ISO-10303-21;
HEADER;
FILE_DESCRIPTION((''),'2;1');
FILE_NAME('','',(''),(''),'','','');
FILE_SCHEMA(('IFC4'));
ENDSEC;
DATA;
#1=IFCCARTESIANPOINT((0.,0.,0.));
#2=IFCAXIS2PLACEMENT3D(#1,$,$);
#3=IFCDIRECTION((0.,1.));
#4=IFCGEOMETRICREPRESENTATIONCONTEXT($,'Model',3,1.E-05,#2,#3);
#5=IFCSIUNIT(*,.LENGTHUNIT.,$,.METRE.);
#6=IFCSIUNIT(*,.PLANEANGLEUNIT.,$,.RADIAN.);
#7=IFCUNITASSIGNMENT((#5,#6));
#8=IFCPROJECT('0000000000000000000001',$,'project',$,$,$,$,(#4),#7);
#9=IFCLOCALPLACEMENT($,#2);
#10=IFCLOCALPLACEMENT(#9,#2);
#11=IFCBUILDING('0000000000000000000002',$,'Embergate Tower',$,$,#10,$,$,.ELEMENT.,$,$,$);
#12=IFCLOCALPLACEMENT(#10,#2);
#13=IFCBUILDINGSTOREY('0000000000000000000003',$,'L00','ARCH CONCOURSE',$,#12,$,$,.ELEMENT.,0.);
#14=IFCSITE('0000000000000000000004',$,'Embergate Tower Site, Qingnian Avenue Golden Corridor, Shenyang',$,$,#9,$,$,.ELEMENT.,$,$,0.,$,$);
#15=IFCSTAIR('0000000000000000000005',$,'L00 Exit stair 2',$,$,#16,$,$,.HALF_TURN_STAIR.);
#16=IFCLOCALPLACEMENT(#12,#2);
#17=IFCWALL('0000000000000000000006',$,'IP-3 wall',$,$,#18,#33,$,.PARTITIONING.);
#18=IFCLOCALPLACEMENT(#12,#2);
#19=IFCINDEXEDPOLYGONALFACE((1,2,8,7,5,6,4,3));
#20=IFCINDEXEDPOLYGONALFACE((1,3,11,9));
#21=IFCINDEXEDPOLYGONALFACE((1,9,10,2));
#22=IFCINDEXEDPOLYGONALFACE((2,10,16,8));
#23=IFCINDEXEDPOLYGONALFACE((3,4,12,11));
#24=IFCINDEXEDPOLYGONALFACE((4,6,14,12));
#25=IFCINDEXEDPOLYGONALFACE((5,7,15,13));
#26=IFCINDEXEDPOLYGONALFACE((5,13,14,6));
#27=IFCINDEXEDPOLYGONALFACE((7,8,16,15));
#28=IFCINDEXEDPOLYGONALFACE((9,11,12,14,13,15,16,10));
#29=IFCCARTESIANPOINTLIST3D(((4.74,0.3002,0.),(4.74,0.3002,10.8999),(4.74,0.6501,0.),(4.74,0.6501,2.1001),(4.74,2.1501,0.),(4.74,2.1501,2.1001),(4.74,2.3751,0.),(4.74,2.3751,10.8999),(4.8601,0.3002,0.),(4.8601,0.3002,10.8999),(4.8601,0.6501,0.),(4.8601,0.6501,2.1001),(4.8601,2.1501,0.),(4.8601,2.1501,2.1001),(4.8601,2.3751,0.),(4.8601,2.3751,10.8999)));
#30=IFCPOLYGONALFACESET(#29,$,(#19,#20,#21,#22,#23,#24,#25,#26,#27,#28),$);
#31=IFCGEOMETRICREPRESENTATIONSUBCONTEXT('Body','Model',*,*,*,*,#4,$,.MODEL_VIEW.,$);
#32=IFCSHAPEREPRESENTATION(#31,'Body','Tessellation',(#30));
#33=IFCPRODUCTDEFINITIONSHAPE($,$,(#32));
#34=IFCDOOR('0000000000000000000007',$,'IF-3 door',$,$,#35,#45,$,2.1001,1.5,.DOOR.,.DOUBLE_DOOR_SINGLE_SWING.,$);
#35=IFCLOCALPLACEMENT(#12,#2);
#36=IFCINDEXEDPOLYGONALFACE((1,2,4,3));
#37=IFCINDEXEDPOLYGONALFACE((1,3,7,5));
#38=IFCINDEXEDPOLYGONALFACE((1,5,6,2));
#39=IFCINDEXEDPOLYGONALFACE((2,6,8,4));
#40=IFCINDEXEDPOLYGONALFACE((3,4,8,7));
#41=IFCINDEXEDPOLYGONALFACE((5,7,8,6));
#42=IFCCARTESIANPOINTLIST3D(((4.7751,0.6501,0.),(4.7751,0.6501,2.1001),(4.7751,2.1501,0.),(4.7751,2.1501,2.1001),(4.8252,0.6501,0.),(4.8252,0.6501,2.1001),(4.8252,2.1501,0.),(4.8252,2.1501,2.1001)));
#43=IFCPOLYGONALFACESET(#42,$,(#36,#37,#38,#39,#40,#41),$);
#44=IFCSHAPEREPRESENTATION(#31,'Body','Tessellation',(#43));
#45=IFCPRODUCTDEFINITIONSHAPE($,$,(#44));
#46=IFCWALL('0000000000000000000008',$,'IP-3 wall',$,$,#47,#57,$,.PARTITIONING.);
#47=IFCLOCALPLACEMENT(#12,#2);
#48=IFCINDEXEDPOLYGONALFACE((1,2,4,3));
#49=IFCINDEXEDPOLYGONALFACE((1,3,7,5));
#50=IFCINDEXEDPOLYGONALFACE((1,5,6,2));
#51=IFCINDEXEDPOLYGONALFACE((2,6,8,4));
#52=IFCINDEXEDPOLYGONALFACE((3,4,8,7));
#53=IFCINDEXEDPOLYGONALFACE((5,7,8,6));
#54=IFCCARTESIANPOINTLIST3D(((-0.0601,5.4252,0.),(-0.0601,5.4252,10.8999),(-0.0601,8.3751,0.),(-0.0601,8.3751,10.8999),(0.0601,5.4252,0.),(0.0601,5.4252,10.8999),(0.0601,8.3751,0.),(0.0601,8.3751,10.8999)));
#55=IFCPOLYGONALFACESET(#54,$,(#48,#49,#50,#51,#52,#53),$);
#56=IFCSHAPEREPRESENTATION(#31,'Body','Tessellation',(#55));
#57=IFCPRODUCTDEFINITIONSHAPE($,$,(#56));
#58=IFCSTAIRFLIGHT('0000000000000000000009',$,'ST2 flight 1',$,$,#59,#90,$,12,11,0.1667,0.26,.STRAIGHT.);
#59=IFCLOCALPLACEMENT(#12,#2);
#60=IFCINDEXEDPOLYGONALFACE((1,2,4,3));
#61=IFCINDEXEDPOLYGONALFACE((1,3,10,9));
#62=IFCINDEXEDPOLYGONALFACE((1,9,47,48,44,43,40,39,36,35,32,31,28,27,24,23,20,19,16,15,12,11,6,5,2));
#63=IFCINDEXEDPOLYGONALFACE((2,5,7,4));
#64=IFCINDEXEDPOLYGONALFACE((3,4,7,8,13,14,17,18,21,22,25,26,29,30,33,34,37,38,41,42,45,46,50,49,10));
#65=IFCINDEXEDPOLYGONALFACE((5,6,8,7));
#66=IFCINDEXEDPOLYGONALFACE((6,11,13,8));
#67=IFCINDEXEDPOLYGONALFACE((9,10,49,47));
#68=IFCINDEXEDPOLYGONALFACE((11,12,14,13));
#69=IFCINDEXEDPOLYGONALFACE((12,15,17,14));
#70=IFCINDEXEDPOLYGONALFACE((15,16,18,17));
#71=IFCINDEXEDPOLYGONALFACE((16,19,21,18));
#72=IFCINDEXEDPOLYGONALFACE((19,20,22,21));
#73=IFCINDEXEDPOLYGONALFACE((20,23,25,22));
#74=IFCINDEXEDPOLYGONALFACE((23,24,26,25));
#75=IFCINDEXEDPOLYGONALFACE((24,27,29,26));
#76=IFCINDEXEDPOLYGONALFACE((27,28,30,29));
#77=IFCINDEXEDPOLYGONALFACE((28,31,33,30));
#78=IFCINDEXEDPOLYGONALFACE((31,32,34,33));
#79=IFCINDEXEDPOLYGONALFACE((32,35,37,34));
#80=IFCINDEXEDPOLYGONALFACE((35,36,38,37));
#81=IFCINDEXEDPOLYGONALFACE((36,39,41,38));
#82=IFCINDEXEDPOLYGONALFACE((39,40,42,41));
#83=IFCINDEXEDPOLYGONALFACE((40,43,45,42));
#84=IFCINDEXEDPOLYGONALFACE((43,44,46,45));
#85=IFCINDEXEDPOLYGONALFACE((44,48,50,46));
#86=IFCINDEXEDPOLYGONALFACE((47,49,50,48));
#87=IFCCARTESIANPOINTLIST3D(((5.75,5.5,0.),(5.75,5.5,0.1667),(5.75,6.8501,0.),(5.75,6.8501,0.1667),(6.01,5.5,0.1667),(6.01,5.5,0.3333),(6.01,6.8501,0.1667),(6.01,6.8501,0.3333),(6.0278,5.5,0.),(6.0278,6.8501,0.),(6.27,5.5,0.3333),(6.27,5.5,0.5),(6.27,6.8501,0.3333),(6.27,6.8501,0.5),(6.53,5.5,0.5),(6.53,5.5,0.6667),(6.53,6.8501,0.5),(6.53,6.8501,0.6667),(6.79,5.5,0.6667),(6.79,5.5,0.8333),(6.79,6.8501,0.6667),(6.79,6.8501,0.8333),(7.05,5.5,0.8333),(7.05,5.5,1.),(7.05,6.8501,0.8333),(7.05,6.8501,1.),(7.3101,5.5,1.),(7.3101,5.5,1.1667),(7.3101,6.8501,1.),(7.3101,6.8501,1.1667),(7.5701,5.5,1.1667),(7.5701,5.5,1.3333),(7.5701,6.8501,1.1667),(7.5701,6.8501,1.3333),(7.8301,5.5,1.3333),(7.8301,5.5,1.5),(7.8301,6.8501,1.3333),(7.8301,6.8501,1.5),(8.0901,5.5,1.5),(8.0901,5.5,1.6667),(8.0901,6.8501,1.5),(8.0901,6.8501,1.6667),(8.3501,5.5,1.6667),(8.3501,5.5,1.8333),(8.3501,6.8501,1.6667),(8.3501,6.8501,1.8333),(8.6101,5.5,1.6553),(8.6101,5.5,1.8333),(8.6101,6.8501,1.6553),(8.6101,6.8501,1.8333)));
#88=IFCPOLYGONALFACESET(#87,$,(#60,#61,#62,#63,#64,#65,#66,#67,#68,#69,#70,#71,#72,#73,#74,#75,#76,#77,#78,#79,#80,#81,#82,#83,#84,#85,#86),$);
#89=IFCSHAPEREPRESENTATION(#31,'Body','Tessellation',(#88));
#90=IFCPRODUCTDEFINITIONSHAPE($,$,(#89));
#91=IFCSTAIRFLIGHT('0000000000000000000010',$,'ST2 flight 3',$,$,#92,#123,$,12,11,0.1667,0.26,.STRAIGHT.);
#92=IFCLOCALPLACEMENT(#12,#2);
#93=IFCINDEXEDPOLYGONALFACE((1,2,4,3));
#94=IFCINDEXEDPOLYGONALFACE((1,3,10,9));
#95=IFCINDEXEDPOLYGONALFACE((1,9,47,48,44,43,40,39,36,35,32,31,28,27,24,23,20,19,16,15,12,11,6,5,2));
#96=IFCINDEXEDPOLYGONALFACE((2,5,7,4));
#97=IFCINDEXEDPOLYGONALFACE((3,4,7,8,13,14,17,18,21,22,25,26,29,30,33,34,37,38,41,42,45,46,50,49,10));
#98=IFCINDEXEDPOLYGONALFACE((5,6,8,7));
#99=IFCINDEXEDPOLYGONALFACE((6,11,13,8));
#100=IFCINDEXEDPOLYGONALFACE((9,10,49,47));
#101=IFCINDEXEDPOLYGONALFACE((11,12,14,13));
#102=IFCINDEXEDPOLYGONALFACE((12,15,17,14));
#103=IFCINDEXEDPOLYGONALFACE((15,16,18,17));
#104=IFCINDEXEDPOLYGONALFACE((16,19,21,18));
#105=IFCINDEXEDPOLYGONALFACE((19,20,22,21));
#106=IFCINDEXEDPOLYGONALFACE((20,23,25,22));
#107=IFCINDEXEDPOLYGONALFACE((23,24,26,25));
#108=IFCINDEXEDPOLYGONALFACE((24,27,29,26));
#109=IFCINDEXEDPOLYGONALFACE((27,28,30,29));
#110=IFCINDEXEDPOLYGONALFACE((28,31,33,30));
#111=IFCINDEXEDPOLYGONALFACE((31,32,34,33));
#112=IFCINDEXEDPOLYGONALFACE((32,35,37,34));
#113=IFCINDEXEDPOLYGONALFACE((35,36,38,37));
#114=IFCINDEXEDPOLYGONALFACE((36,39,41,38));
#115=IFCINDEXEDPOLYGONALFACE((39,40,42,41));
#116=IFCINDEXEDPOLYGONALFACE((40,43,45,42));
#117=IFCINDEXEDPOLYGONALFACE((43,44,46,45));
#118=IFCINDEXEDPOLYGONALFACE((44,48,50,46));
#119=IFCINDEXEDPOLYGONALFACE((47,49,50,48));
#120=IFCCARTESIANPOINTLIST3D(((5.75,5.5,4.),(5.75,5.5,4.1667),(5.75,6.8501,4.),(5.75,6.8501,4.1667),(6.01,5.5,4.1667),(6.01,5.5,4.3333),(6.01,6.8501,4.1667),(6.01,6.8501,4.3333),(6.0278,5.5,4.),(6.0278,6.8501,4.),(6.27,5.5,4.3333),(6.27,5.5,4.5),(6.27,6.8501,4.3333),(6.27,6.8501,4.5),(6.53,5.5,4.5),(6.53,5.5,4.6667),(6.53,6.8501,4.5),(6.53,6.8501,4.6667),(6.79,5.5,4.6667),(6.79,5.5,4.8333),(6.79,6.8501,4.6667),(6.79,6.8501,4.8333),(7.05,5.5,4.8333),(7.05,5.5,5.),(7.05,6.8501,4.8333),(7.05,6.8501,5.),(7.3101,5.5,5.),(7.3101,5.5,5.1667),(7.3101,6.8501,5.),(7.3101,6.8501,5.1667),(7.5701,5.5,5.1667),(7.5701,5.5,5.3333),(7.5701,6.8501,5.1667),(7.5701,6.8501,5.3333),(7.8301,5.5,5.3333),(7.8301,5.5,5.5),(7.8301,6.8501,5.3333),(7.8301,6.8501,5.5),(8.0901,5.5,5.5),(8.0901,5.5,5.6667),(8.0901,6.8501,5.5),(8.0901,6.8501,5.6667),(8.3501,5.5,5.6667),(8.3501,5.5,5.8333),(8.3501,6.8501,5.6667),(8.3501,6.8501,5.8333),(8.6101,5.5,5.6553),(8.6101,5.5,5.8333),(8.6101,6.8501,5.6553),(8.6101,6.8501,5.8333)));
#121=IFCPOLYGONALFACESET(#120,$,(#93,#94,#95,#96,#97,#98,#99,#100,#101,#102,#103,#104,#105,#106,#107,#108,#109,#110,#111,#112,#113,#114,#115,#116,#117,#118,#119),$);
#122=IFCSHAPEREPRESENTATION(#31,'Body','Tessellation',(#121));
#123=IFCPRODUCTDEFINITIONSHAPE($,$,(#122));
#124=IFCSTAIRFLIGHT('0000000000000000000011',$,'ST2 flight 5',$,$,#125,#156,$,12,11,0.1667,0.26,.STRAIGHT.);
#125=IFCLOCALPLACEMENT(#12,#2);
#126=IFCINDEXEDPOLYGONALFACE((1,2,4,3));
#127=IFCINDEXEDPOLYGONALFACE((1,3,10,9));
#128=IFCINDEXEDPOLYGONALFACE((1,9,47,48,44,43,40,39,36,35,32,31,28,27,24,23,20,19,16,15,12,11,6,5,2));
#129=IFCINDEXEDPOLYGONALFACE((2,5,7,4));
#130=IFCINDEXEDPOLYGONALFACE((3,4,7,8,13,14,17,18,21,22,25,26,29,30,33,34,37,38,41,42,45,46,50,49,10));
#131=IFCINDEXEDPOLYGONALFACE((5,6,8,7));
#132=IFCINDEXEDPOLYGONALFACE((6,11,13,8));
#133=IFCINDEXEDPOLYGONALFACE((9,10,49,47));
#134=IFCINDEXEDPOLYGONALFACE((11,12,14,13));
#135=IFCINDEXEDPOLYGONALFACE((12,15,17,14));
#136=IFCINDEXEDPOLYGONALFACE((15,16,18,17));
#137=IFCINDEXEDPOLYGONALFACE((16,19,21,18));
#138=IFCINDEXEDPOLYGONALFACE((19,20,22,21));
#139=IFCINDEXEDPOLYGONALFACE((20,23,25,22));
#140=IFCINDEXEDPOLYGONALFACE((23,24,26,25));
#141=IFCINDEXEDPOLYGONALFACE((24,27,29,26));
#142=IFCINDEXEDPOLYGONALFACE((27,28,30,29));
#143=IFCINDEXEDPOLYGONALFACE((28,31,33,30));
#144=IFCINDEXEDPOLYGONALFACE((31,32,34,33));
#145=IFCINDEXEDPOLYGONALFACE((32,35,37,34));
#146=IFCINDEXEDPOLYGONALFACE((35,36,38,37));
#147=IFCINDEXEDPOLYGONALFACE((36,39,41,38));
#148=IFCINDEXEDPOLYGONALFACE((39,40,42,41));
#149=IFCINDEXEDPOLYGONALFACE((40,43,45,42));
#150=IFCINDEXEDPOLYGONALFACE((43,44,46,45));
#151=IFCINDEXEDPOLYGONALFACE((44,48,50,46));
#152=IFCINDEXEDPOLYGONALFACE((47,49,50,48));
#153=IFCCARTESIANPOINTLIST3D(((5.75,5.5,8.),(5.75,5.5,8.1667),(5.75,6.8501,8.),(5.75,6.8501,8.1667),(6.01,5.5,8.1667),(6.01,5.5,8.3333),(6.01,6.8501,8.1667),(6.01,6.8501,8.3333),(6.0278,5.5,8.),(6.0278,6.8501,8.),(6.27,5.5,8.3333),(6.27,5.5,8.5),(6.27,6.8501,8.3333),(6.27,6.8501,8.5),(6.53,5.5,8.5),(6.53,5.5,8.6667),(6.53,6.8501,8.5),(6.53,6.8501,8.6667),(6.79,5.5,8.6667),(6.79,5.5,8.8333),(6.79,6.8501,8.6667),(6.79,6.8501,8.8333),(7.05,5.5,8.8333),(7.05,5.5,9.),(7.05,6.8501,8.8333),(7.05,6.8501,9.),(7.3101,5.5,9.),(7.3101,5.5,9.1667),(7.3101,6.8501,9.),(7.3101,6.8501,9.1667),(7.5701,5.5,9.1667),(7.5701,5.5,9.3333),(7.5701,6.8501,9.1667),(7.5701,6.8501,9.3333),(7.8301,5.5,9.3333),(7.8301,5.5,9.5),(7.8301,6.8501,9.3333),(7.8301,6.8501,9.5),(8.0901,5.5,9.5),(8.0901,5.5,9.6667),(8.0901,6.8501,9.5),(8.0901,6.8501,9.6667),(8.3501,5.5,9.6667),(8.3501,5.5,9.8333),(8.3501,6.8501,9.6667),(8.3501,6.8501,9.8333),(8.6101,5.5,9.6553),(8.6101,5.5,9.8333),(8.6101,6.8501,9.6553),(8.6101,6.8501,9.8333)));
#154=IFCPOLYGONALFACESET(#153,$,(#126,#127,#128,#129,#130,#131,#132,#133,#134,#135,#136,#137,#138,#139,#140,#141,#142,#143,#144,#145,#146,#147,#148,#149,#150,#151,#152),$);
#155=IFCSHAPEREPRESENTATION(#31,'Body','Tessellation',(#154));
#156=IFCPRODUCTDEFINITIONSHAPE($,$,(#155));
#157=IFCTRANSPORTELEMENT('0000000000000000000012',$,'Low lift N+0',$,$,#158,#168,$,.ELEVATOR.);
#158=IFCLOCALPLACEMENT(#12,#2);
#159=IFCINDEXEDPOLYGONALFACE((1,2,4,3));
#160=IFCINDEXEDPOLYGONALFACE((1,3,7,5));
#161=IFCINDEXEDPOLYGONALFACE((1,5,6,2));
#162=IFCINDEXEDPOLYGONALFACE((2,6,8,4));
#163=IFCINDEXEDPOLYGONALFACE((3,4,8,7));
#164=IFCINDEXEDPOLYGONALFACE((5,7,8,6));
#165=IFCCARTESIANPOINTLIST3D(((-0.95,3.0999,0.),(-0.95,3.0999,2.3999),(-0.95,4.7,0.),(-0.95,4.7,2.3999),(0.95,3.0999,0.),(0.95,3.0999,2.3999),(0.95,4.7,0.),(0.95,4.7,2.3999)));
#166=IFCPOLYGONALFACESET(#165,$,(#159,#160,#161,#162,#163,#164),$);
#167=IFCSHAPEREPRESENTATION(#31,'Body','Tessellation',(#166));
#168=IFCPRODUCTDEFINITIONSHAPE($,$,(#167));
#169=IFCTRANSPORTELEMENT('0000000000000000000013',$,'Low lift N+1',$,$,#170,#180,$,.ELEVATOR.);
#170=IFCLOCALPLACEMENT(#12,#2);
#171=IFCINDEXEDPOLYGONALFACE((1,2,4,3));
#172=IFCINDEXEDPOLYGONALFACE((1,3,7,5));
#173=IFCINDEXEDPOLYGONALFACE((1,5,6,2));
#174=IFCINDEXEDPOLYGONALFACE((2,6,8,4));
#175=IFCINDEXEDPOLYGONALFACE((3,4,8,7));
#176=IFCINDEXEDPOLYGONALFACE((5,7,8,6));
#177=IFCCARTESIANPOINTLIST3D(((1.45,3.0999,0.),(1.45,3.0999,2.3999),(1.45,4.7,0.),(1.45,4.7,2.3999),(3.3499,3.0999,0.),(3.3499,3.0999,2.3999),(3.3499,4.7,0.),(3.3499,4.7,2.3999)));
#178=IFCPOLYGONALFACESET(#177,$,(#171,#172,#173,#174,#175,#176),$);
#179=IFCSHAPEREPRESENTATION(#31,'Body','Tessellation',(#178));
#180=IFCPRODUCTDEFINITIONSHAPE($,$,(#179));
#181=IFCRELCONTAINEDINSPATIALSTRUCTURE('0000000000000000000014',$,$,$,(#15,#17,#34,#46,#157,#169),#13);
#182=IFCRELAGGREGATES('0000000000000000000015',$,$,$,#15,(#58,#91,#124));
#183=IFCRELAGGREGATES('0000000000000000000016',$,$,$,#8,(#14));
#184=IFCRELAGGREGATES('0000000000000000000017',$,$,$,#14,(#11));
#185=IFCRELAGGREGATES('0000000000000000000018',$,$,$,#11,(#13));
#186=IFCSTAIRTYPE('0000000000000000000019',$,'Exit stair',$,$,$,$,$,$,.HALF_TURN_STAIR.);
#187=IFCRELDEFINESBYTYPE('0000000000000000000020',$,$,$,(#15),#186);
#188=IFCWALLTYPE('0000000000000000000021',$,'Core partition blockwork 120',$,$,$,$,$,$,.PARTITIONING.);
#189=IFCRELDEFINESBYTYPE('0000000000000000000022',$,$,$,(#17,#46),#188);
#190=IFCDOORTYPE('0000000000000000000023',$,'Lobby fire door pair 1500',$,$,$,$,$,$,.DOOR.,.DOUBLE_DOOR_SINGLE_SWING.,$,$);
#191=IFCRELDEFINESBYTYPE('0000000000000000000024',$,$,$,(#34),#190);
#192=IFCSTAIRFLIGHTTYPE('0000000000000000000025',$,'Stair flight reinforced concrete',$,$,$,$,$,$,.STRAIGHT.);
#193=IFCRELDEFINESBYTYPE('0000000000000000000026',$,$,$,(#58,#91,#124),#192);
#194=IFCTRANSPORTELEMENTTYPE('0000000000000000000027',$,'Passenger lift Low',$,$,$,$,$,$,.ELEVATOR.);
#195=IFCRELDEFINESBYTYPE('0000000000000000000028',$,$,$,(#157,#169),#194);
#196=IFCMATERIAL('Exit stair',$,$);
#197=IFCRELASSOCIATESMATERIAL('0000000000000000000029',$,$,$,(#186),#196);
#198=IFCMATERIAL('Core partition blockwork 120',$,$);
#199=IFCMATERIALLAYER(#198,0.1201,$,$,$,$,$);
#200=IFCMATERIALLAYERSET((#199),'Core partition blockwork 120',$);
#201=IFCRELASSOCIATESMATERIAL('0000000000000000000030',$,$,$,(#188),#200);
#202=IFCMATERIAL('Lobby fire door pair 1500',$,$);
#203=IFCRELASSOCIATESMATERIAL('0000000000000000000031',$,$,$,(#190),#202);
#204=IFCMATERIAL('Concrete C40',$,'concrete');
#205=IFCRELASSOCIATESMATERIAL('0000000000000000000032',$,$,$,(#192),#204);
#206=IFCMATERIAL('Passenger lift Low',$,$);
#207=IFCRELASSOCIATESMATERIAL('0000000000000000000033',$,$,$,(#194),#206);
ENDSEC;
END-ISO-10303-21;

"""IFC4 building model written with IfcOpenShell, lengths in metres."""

from ifc_helpers import new_model, si_unit, direction, frame, frame_2d, origin, origin_2d, place, context, subcontext, project, spatial, polyline, rectangle, outline, extrude, source, transform, mapped, material, layer, layer_set, type_object, element, fill, aggregate, save


model = new_model("IFC4")

# Units and contexts
model_context = context("Model", 3, precision=1e-05, world=origin(), true_north=direction((0.0, 1.0)))
body_context = subcontext(model_context, "Body", "Model", "MODEL_VIEW")
ifc_project = project(units=[si_unit("LENGTHUNIT", "METRE"), si_unit("PLANEANGLEUNIT", "RADIAN")], contexts=[model_context])

# Site, building, storey
site_placement = place(None, origin())
site = spatial("IfcSite", under=ifc_project, at=site_placement, Name="Embergate Tower Site, Qingnian Avenue Golden Corridor, Shenyang", CompositionType="ELEMENT", RefElevation=0.0)
building_placement = place(site_placement, origin())
building = spatial("IfcBuilding", under=site, at=building_placement, Name="Embergate Tower", CompositionType="ELEMENT")
storey_placement = place(building_placement, origin())
storey = spatial("IfcBuildingStorey", under=building, at=storey_placement, Name="L00", Description="ARCH CONCOURSE", CompositionType="ELEMENT", Elevation=0.0)

# Stair
ifc_material_1 = material(Name="Exit stair")
stair_type = type_object("IfcStairType", Name="Exit stair", PredefinedType="HALF_TURN_STAIR", material=ifc_material_1)
stair_placement = place(storey_placement, origin())
stair = element("IfcStair", 1, at=stair_placement, inside=storey, type_object=stair_type, Name="L00 Exit stair 2", PredefinedType="HALF_TURN_STAIR")
ifc_material_2 = material(Name="Concrete C40", Category="concrete")

# Shared definitions
ifc_material_3 = material(Name="Core partition blockwork 120")
ifc_layer_1 = layer(ifc_material_3, 0.1201)
ifc_layer_set_1 = layer_set([ifc_layer_1], Name="Core partition blockwork 120")
wall_type_1 = type_object("IfcWallType", Name="Core partition blockwork 120", PredefinedType="PARTITIONING", material=ifc_layer_set_1)

# Wall, opening, door
shared_shape_1 = source(origin(), body_context, "Body", "SweptSolid", [
    extrude(rectangle(XDim=2.075, YDim=0.1201, at=frame_2d((1.0376, 0.0))), origin(), (0.0, 0.0, 1.0), 10.8999),
])
wall_1_placement = place(storey_placement, frame((4.8, 0.3, 0.0), z_axis=(0.0, 0.0, 1.0), x_axis=(0.0, 1.0, 0.0)))
wall_1 = element("IfcWall", 2, at=wall_1_placement, inside=storey, type_object=wall_type_1, Name="IP-3 wall", PredefinedType="PARTITIONING", context=body_context, shape_type="MappedRepresentation", body=[
    mapped(shared_shape_1, transform((0.0, 0.0, 0.0))),
])
shared_shape_2 = source(origin(), body_context, "Body", "SweptSolid", [
    extrude(rectangle(XDim=1.5, YDim=2.1001, at=frame_2d((0.75, 1.05))), frame((0.0, 0.0701, 0.0), z_axis=(0.0, -1.0, 0.0), x_axis=(1.0, 0.0, 0.0)), (0.0, 0.0, 1.0), 0.1401),
])
opening_1_placement = place(wall_1_placement, frame((0.3501, 0.0, 0.0)))
opening_1 = element("IfcOpeningElement", 3, at=opening_1_placement, cuts=wall_1, PredefinedType="OPENING", context=body_context, shape_type="MappedRepresentation", body=[
    mapped(shared_shape_2, transform((0.0, 0.0, 0.0))),
])
ifc_material_4 = material(Name="Lobby fire door pair 1500")
door_type_1 = type_object("IfcDoorType", Name="Lobby fire door pair 1500", OperationType="DOUBLE_DOOR_SINGLE_SWING", PredefinedType="DOOR", material=ifc_material_4)
shared_shape_3 = source(origin(), body_context, "Body", "SweptSolid", [
    extrude(rectangle(XDim=1.5, YDim=2.1001, at=frame_2d((0.75, 1.05))), frame((0.0, 0.0249, 0.0), z_axis=(0.0, -1.0, 0.0), x_axis=(1.0, 0.0, 0.0)), (0.0, 0.0, 1.0), 0.05),
])
door_1_placement = place(opening_1_placement, origin())
door_1 = element("IfcDoor", 4, at=door_1_placement, inside=storey, type_object=door_type_1, Name="IF-3 door", OperationType="DOUBLE_DOOR_SINGLE_SWING", OverallHeight=2.1001, OverallWidth=1.5, PredefinedType="DOOR", context=body_context, shape_type="MappedRepresentation", body=[
    mapped(shared_shape_3, transform((0.0, 0.0, 0.0))),
])
fill(opening_1, door_1)

# Wall
shared_shape_4 = source(origin(), body_context, "Body", "SweptSolid", [
    extrude(rectangle(XDim=2.95, YDim=0.1201, at=frame_2d((1.4751, 0.0))), origin(), (0.0, 0.0, 1.0), 10.8999),
])
wall_2_placement = place(storey_placement, frame((0.0, 5.425, 0.0), z_axis=(0.0, 0.0, 1.0), x_axis=(0.0, 1.0, 0.0)))
element("IfcWall", 5, at=wall_2_placement, inside=storey, type_object=wall_type_1, Name="IP-3 wall", PredefinedType="PARTITIONING", context=body_context, shape_type="MappedRepresentation", body=[
    mapped(shared_shape_4, transform((0.0, 0.0, 0.0))),
])

# Stair flights
stair_flight_type = type_object("IfcStairFlightType", Name="Stair flight reinforced concrete", PredefinedType="STRAIGHT", material=ifc_material_2)
shared_shape_5 = source(origin(), body_context, "Body", "SweptSolid", [
    extrude(outline(polyline([(0.0, 0.0), (0.0, 0.1667), (0.26, 0.1667), (0.26, 0.3333), (0.52, 0.3333), (0.52, 0.5), (0.78, 0.5), (0.78, 0.6667), (1.04, 0.6667), (1.04, 0.8333), (1.3, 0.8333), (1.3, 1.0), (1.5601, 1.0), (1.5601, 1.1667), (1.8201, 1.1667), (1.8201, 1.3333), (2.0801, 1.3333), (2.0801, 1.5), (2.3401, 1.5), (2.3401, 1.6667), (2.6001, 1.6667), (2.6001, 1.8333), (2.8601, 1.8333), (2.8601, 2.0), (2.8601, 1.6553), (0.2778, 0.0), (0.0, 0.0)])), frame((0.0, 0.675, 0.0), z_axis=(0.0, -1.0, 0.0), x_axis=(1.0, 0.0, 0.0)), (0.0, 0.0, 1.0), 1.3501),
])
stair_flight_1_placement = place(storey_placement, frame((5.75, 6.175, 0.0), z_axis=(0.0, 0.0, 1.0), x_axis=(1.0, 0.0, 0.0)))
stair_flight_1 = element("IfcStairFlight", 6, at=stair_flight_1_placement, type_object=stair_flight_type, Name="ST2 flight 1", NumberOfRisers=12, NumberOfTreads=11, PredefinedType="STRAIGHT", RiserHeight=0.1667, TreadLength=0.26, context=body_context, shape_type="MappedRepresentation", body=[
    mapped(shared_shape_5, transform((0.0, 0.0, 0.0))),
])
stair_flight_2_placement = place(storey_placement, frame((5.75, 6.175, 4.0), z_axis=(0.0, 0.0, 1.0), x_axis=(1.0, 0.0, 0.0)))
stair_flight_2 = element("IfcStairFlight", 7, at=stair_flight_2_placement, type_object=stair_flight_type, Name="ST2 flight 3", NumberOfRisers=12, NumberOfTreads=11, PredefinedType="STRAIGHT", RiserHeight=0.1667, TreadLength=0.26, context=body_context, shape_type="MappedRepresentation", body=[
    mapped(shared_shape_5, transform((0.0, 0.0, 0.0))),
])
stair_flight_3_placement = place(storey_placement, frame((5.75, 6.175, 8.0), z_axis=(0.0, 0.0, 1.0), x_axis=(1.0, 0.0, 0.0)))
stair_flight_3 = element("IfcStairFlight", 8, at=stair_flight_3_placement, type_object=stair_flight_type, Name="ST2 flight 5", NumberOfRisers=12, NumberOfTreads=11, PredefinedType="STRAIGHT", RiserHeight=0.1667, TreadLength=0.26, context=body_context, shape_type="MappedRepresentation", body=[
    mapped(shared_shape_5, transform((0.0, 0.0, 0.0))),
])
aggregate(stair, [stair_flight_1, stair_flight_2, stair_flight_3])

# Transport elements
ifc_material_5 = material(Name="Passenger lift Low")
transport_element_type_1 = type_object("IfcTransportElementType", Name="Passenger lift Low", PredefinedType="ELEVATOR", material=ifc_material_5)
shared_shape_6 = source(origin(), body_context, "Body", "SweptSolid", [
    extrude(rectangle(XDim=1.8999, YDim=1.6001, at=origin_2d()), origin(), (0.0, 0.0, 1.0), 2.3999),
])
for number, where, z_axis, x_axis, name in (
    (9, (0.0, 3.8999, 0.0), (0.0, 0.0, 1.0), (1.0, 0.0, 0.0), "Low lift N+0"),
    (10, (2.3999, 3.8999, 0.0), (0.0, 0.0, 1.0), (1.0, 0.0, 0.0), "Low lift N+1"),
):
    element("IfcTransportElement", number, at=place(storey_placement, frame(where, z_axis=z_axis, x_axis=x_axis)), inside=storey, type_object=transport_element_type_1, Name=name, PredefinedType="ELEVATOR", context=body_context, shape_type="MappedRepresentation", body=[
        mapped(shared_shape_6, transform((0.0, 0.0, 0.0))),
    ])

save(model, "model.ifc")
